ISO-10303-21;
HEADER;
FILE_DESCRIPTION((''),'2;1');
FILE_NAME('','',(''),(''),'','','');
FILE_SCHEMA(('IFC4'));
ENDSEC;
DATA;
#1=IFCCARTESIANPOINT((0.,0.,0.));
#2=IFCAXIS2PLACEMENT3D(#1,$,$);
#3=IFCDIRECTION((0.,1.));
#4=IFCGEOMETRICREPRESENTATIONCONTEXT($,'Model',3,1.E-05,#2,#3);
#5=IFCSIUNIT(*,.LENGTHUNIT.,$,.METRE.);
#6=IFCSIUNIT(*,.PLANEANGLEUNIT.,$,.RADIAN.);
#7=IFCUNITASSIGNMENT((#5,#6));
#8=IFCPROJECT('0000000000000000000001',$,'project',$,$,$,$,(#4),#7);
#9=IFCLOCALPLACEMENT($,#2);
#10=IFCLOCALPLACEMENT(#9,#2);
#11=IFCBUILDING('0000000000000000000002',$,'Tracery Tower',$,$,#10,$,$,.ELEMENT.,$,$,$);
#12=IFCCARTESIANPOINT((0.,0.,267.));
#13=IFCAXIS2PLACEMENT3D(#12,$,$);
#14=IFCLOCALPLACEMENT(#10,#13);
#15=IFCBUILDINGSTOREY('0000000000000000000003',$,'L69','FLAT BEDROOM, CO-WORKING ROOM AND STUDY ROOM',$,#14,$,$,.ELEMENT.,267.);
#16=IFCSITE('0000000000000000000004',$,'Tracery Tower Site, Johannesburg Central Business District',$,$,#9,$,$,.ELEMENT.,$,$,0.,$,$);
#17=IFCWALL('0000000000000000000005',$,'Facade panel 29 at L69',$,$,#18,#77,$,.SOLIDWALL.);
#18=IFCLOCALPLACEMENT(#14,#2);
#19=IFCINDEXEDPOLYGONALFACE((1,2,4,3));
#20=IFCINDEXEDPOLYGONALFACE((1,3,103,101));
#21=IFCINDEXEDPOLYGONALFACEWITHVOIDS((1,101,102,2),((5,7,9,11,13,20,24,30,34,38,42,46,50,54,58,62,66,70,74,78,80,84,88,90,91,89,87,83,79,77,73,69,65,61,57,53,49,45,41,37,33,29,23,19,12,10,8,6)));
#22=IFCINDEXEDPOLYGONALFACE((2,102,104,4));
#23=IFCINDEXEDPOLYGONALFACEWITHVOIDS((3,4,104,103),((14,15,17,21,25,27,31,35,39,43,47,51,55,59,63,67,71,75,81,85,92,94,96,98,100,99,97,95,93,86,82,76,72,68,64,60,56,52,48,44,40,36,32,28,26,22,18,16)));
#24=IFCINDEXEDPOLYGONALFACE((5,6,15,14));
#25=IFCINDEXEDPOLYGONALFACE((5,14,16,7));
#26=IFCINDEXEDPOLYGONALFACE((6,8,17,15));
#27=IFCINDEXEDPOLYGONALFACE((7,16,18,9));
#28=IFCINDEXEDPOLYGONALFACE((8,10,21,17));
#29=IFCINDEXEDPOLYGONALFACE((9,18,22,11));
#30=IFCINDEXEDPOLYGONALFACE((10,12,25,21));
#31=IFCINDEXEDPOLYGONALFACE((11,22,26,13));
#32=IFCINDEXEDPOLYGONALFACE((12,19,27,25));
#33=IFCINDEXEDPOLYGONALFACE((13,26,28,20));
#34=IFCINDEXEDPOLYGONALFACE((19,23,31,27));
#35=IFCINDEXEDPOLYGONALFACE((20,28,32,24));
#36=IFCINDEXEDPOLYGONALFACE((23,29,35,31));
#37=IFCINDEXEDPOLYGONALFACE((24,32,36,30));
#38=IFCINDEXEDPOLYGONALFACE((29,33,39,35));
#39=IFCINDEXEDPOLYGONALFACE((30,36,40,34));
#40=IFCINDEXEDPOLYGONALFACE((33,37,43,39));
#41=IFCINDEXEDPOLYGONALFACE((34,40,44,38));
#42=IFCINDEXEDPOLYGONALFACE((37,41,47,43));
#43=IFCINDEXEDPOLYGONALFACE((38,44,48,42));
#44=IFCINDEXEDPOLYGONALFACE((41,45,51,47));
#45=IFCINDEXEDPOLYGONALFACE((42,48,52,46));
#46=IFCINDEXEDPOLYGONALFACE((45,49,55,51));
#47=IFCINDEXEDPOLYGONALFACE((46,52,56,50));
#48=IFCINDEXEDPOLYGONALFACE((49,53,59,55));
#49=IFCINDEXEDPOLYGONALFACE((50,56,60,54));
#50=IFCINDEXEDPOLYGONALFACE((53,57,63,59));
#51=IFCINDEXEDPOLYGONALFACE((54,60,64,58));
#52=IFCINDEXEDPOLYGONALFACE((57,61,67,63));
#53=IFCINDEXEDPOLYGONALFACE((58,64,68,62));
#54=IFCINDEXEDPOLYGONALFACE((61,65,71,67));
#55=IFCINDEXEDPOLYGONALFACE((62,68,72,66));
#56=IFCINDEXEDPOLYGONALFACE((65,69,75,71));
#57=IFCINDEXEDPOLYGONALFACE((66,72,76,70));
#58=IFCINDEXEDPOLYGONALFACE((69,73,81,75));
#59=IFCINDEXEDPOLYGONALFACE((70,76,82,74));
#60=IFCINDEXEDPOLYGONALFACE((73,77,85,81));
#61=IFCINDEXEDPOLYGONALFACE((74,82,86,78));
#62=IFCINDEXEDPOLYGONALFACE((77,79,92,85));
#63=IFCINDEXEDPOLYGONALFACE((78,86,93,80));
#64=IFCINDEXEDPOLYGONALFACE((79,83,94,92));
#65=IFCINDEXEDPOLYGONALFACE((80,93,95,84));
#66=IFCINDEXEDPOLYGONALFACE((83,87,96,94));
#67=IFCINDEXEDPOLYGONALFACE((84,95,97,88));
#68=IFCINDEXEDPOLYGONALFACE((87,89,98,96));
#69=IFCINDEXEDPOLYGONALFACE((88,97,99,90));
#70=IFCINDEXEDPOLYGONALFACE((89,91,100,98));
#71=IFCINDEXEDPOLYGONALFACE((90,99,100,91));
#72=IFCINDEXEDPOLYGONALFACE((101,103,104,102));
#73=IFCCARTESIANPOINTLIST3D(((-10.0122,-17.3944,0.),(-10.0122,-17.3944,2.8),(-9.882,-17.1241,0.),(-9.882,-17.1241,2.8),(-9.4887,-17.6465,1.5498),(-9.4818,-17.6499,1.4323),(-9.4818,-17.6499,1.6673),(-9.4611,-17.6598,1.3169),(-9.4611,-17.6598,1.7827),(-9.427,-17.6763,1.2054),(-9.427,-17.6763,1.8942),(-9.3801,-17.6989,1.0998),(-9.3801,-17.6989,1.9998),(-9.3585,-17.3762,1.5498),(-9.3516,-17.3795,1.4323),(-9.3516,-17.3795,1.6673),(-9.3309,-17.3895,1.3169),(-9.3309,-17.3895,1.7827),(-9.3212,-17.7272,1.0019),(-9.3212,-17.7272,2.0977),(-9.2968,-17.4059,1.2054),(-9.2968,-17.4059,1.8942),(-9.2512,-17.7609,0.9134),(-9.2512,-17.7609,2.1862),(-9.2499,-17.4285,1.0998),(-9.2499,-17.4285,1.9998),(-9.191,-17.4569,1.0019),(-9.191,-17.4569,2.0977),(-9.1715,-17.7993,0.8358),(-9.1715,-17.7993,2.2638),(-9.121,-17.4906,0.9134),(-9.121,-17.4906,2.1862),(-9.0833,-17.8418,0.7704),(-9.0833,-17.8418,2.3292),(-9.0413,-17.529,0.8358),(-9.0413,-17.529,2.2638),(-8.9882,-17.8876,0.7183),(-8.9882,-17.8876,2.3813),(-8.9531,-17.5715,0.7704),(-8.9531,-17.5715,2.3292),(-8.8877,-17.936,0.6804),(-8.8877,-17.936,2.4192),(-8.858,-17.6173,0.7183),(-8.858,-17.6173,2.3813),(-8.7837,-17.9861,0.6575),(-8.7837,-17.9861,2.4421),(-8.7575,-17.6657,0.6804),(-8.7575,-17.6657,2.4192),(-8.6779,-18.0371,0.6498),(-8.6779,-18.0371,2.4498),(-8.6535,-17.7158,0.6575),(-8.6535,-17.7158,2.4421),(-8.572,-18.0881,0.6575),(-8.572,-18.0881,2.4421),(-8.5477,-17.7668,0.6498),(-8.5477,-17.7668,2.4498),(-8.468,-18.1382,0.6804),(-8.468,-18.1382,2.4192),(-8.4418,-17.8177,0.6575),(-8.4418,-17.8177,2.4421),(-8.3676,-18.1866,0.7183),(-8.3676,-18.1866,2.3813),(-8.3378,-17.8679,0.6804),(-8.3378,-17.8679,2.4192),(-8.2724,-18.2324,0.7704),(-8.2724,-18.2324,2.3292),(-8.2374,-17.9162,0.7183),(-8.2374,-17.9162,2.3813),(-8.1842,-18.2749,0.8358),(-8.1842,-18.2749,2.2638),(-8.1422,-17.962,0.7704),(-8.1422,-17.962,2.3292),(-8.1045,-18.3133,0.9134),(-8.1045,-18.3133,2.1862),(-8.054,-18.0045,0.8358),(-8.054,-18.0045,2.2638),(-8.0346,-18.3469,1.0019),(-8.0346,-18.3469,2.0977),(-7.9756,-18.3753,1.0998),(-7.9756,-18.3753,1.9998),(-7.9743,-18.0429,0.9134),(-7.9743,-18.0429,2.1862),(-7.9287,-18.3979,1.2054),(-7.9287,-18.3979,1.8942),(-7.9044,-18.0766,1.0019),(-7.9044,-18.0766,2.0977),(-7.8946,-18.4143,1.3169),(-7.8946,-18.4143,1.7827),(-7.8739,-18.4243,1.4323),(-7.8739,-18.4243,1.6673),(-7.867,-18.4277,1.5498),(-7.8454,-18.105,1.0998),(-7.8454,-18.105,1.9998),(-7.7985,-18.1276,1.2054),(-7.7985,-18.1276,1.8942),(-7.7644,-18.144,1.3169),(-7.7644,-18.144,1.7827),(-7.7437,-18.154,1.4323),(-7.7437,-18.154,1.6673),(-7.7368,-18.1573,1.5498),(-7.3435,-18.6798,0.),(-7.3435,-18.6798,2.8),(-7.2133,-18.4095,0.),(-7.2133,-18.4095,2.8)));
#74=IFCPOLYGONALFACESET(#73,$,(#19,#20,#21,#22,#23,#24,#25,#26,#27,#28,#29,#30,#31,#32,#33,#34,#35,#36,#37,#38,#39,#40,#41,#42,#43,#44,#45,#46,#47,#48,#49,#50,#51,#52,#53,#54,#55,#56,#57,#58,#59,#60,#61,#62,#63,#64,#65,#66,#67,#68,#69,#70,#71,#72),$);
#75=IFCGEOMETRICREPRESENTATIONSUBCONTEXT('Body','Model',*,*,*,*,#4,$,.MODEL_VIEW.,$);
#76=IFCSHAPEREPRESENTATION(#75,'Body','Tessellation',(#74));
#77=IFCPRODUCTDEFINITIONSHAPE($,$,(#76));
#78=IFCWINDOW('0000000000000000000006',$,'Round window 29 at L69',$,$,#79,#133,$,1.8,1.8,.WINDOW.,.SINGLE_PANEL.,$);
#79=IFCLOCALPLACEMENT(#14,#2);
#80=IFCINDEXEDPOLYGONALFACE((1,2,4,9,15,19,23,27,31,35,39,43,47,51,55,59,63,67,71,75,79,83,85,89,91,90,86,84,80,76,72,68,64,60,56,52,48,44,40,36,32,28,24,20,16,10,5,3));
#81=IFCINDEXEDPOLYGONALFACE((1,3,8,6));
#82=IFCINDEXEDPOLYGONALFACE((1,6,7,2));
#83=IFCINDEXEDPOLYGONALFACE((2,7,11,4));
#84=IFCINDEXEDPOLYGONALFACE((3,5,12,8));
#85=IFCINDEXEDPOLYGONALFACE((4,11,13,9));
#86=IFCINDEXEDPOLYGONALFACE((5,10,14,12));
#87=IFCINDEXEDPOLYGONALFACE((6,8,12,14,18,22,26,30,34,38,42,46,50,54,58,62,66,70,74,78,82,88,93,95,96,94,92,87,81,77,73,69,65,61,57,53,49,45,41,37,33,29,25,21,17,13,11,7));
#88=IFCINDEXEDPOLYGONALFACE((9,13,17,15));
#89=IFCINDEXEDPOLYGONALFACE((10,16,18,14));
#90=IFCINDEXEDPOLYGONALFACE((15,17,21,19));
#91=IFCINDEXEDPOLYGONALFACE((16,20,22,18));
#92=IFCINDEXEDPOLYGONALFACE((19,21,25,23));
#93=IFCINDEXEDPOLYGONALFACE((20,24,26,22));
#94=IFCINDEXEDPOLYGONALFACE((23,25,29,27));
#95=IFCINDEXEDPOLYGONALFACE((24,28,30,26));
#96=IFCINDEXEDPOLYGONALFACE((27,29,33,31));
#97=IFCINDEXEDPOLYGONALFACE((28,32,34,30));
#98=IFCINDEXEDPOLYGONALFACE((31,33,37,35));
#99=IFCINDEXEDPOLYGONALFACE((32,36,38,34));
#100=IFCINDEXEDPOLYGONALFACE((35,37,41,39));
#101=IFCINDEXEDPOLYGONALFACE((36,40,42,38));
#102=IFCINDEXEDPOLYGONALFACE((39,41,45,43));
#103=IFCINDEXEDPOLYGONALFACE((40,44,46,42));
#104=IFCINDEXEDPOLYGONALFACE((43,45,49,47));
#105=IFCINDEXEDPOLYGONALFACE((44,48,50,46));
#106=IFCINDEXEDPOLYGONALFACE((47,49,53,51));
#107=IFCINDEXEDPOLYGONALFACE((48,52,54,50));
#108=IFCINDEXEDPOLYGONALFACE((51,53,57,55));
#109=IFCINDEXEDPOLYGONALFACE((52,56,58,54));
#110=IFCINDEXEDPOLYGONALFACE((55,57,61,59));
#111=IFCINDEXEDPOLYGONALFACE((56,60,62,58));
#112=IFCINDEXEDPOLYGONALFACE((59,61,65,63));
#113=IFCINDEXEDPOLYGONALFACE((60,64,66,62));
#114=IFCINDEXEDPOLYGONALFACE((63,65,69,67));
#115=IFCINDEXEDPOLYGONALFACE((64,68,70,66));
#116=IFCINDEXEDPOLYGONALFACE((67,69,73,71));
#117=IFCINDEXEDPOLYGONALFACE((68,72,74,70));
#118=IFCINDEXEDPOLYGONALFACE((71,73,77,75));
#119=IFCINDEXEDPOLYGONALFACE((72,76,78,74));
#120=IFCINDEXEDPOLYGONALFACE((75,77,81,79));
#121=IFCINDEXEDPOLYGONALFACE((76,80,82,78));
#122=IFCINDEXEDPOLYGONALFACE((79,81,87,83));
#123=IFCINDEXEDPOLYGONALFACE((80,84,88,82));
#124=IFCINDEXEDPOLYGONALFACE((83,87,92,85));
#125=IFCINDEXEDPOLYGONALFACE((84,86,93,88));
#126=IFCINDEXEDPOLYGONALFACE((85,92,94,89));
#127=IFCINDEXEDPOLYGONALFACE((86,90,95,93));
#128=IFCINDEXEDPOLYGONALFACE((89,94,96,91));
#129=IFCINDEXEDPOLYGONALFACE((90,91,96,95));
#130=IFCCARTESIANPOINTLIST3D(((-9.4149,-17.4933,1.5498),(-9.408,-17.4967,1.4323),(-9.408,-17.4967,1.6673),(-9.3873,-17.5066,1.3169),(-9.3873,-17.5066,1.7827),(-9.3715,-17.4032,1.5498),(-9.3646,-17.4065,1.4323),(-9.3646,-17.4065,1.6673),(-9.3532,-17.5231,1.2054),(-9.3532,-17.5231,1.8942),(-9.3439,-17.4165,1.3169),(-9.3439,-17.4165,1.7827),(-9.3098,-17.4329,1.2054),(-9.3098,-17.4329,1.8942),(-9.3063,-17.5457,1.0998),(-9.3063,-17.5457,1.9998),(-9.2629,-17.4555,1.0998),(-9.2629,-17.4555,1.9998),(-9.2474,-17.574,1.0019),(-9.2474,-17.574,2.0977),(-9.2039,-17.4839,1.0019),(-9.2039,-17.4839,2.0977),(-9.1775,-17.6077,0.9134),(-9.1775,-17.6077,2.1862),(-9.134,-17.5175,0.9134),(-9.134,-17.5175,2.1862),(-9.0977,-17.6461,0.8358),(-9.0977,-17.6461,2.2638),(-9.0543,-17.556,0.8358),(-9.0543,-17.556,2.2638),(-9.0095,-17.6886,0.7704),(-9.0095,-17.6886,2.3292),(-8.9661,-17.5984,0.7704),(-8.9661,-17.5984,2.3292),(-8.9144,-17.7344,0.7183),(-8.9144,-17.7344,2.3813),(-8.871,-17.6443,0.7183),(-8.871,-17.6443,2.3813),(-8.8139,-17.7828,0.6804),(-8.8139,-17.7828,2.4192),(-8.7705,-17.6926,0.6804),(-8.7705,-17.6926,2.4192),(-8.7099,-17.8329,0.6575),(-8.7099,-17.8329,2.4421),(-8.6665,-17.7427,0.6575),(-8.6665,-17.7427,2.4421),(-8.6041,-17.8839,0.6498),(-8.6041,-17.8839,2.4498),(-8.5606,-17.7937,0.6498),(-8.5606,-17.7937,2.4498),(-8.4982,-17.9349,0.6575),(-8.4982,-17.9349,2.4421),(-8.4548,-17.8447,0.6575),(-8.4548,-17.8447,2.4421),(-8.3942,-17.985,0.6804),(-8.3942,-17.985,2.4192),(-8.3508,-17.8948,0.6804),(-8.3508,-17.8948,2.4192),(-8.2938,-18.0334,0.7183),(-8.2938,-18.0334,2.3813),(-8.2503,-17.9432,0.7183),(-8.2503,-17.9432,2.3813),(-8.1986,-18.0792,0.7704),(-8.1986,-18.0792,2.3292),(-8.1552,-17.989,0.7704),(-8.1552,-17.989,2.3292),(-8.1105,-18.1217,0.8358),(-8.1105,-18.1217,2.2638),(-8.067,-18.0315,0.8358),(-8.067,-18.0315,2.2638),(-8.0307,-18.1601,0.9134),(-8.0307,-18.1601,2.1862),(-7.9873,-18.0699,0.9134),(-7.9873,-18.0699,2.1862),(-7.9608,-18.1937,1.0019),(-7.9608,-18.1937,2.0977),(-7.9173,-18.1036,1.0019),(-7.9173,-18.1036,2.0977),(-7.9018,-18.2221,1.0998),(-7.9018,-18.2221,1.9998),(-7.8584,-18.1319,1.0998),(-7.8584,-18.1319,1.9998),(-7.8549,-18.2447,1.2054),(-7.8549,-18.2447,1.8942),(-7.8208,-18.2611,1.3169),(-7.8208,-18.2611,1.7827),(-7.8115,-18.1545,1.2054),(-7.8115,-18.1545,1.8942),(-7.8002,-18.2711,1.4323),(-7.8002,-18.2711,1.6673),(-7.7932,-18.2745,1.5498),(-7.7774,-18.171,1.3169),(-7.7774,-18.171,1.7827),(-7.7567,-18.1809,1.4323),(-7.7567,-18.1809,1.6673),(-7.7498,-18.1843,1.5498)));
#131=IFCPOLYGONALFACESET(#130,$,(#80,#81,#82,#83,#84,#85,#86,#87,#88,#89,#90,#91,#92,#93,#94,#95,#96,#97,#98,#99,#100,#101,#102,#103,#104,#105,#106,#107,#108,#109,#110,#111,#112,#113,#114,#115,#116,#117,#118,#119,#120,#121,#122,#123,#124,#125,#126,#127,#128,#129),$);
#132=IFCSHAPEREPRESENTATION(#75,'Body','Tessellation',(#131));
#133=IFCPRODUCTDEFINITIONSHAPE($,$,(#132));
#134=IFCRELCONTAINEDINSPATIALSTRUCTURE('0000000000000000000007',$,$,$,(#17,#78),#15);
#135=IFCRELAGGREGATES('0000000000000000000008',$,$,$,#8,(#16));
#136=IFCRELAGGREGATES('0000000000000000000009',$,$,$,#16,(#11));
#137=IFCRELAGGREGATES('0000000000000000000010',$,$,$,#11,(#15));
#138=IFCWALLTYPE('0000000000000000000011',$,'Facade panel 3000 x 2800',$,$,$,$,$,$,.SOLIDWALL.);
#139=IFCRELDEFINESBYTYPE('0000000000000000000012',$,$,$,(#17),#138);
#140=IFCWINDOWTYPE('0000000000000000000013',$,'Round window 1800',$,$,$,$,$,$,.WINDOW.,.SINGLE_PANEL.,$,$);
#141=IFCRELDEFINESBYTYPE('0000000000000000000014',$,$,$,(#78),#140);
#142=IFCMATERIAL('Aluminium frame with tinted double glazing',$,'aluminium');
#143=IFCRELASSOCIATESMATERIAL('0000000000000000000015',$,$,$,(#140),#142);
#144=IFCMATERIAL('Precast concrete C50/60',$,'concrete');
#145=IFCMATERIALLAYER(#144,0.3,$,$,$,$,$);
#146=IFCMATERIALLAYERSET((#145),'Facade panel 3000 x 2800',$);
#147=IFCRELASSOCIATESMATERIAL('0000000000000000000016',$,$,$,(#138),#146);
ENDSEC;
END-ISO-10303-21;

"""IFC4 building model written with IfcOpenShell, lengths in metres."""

from ifc_helpers import new_model, si_unit, direction, frame, frame_2d, origin, origin_2d, place, context, subcontext, project, spatial, rectangle, circle, extrude, material, layer, layer_set, type_object, element, fill, save


model = new_model("IFC4")

# Units and contexts
model_context = context("Model", 3, precision=1e-05, world=origin(), true_north=direction((0.0, 1.0)))
body_context = subcontext(model_context, "Body", "Model", "MODEL_VIEW")
ifc_project = project(units=[si_unit("LENGTHUNIT", "METRE"), si_unit("PLANEANGLEUNIT", "RADIAN")], contexts=[model_context])

# Site, building, storey
site_placement = place(None, origin())
site = spatial("IfcSite", under=ifc_project, at=site_placement, Name="Tracery Tower Site, Johannesburg Central Business District", CompositionType="ELEMENT", RefElevation=0.0)
building_placement = place(site_placement, origin())
building = spatial("IfcBuilding", under=site, at=building_placement, Name="Tracery Tower", CompositionType="ELEMENT")
storey_placement = place(building_placement, frame((0.0, 0.0, 267.0)))
storey = spatial("IfcBuildingStorey", under=building, at=storey_placement, Name="L69", Description="FLAT BEDROOM, CO-WORKING ROOM AND STUDY ROOM", CompositionType="ELEMENT", Elevation=267.0)

# Wall, opening, window
ifc_material_1 = material(Name="Aluminium frame with tinted double glazing", Category="aluminium")
window_type = type_object("IfcWindowType", Name="Round window 1800", PartitioningType="SINGLE_PANEL", PredefinedType="WINDOW", material=ifc_material_1)
ifc_material_2 = material(Name="Precast concrete C50/60", Category="concrete")
ifc_layer_1 = layer(ifc_material_2, 0.3)
ifc_layer_set_1 = layer_set([ifc_layer_1], Name="Facade panel 3000 x 2800")
wall_type_1 = type_object("IfcWallType", Name="Facade panel 3000 x 2800", PredefinedType="SOLIDWALL", material=ifc_layer_set_1)
wall_1_placement = place(storey_placement, frame((-9.947, -17.2593, 0.0), z_axis=(0.0, 0.0, 1.0), x_axis=(0.90094, -0.433944, 0.0)))
wall_1 = element("IfcWall", 1, at=wall_1_placement, inside=storey, type_object=wall_type_1, Name="Facade panel 29 at L69", PredefinedType="SOLIDWALL", context=body_context, shape_type="SweptSolid", body=[
    extrude(rectangle(XDim=2.9622, YDim=0.3, at=frame_2d((1.481, 0.0))), origin(), (0.0, 0.0, 1.0), 2.8),
])
opening_1_placement = place(wall_1_placement, frame((1.481, 0.0, 1.5498)))
opening_1 = element("IfcOpeningElement", 2, at=opening_1_placement, cuts=wall_1, PredefinedType="OPENING", context=body_context, shape_type="SweptSolid", body=[
    extrude(circle(Radius=0.9, at=origin_2d()), frame((0.0, 0.1599, 0.0), z_axis=(0.0, -1.0, 0.0), x_axis=(1.0, 0.0, 0.0)), (0.0, 0.0, 1.0), 0.3201),
])
window_1_placement = place(opening_1_placement, origin())
window_1 = element("IfcWindow", 3, at=window_1_placement, inside=storey, type_object=window_type, Name="Round window 29 at L69", OverallHeight=1.8, OverallWidth=1.8, PartitioningType="SINGLE_PANEL", PredefinedType="WINDOW", context=body_context, shape_type="SweptSolid", body=[
    extrude(circle(Radius=0.9, at=origin_2d()), frame((0.0, 0.1201, 0.0), z_axis=(0.0, -1.0, 0.0), x_axis=(1.0, 0.0, 0.0)), (0.0, 0.0, 1.0), 0.1001),
])
fill(opening_1, window_1)

save(model, "model.ifc")
